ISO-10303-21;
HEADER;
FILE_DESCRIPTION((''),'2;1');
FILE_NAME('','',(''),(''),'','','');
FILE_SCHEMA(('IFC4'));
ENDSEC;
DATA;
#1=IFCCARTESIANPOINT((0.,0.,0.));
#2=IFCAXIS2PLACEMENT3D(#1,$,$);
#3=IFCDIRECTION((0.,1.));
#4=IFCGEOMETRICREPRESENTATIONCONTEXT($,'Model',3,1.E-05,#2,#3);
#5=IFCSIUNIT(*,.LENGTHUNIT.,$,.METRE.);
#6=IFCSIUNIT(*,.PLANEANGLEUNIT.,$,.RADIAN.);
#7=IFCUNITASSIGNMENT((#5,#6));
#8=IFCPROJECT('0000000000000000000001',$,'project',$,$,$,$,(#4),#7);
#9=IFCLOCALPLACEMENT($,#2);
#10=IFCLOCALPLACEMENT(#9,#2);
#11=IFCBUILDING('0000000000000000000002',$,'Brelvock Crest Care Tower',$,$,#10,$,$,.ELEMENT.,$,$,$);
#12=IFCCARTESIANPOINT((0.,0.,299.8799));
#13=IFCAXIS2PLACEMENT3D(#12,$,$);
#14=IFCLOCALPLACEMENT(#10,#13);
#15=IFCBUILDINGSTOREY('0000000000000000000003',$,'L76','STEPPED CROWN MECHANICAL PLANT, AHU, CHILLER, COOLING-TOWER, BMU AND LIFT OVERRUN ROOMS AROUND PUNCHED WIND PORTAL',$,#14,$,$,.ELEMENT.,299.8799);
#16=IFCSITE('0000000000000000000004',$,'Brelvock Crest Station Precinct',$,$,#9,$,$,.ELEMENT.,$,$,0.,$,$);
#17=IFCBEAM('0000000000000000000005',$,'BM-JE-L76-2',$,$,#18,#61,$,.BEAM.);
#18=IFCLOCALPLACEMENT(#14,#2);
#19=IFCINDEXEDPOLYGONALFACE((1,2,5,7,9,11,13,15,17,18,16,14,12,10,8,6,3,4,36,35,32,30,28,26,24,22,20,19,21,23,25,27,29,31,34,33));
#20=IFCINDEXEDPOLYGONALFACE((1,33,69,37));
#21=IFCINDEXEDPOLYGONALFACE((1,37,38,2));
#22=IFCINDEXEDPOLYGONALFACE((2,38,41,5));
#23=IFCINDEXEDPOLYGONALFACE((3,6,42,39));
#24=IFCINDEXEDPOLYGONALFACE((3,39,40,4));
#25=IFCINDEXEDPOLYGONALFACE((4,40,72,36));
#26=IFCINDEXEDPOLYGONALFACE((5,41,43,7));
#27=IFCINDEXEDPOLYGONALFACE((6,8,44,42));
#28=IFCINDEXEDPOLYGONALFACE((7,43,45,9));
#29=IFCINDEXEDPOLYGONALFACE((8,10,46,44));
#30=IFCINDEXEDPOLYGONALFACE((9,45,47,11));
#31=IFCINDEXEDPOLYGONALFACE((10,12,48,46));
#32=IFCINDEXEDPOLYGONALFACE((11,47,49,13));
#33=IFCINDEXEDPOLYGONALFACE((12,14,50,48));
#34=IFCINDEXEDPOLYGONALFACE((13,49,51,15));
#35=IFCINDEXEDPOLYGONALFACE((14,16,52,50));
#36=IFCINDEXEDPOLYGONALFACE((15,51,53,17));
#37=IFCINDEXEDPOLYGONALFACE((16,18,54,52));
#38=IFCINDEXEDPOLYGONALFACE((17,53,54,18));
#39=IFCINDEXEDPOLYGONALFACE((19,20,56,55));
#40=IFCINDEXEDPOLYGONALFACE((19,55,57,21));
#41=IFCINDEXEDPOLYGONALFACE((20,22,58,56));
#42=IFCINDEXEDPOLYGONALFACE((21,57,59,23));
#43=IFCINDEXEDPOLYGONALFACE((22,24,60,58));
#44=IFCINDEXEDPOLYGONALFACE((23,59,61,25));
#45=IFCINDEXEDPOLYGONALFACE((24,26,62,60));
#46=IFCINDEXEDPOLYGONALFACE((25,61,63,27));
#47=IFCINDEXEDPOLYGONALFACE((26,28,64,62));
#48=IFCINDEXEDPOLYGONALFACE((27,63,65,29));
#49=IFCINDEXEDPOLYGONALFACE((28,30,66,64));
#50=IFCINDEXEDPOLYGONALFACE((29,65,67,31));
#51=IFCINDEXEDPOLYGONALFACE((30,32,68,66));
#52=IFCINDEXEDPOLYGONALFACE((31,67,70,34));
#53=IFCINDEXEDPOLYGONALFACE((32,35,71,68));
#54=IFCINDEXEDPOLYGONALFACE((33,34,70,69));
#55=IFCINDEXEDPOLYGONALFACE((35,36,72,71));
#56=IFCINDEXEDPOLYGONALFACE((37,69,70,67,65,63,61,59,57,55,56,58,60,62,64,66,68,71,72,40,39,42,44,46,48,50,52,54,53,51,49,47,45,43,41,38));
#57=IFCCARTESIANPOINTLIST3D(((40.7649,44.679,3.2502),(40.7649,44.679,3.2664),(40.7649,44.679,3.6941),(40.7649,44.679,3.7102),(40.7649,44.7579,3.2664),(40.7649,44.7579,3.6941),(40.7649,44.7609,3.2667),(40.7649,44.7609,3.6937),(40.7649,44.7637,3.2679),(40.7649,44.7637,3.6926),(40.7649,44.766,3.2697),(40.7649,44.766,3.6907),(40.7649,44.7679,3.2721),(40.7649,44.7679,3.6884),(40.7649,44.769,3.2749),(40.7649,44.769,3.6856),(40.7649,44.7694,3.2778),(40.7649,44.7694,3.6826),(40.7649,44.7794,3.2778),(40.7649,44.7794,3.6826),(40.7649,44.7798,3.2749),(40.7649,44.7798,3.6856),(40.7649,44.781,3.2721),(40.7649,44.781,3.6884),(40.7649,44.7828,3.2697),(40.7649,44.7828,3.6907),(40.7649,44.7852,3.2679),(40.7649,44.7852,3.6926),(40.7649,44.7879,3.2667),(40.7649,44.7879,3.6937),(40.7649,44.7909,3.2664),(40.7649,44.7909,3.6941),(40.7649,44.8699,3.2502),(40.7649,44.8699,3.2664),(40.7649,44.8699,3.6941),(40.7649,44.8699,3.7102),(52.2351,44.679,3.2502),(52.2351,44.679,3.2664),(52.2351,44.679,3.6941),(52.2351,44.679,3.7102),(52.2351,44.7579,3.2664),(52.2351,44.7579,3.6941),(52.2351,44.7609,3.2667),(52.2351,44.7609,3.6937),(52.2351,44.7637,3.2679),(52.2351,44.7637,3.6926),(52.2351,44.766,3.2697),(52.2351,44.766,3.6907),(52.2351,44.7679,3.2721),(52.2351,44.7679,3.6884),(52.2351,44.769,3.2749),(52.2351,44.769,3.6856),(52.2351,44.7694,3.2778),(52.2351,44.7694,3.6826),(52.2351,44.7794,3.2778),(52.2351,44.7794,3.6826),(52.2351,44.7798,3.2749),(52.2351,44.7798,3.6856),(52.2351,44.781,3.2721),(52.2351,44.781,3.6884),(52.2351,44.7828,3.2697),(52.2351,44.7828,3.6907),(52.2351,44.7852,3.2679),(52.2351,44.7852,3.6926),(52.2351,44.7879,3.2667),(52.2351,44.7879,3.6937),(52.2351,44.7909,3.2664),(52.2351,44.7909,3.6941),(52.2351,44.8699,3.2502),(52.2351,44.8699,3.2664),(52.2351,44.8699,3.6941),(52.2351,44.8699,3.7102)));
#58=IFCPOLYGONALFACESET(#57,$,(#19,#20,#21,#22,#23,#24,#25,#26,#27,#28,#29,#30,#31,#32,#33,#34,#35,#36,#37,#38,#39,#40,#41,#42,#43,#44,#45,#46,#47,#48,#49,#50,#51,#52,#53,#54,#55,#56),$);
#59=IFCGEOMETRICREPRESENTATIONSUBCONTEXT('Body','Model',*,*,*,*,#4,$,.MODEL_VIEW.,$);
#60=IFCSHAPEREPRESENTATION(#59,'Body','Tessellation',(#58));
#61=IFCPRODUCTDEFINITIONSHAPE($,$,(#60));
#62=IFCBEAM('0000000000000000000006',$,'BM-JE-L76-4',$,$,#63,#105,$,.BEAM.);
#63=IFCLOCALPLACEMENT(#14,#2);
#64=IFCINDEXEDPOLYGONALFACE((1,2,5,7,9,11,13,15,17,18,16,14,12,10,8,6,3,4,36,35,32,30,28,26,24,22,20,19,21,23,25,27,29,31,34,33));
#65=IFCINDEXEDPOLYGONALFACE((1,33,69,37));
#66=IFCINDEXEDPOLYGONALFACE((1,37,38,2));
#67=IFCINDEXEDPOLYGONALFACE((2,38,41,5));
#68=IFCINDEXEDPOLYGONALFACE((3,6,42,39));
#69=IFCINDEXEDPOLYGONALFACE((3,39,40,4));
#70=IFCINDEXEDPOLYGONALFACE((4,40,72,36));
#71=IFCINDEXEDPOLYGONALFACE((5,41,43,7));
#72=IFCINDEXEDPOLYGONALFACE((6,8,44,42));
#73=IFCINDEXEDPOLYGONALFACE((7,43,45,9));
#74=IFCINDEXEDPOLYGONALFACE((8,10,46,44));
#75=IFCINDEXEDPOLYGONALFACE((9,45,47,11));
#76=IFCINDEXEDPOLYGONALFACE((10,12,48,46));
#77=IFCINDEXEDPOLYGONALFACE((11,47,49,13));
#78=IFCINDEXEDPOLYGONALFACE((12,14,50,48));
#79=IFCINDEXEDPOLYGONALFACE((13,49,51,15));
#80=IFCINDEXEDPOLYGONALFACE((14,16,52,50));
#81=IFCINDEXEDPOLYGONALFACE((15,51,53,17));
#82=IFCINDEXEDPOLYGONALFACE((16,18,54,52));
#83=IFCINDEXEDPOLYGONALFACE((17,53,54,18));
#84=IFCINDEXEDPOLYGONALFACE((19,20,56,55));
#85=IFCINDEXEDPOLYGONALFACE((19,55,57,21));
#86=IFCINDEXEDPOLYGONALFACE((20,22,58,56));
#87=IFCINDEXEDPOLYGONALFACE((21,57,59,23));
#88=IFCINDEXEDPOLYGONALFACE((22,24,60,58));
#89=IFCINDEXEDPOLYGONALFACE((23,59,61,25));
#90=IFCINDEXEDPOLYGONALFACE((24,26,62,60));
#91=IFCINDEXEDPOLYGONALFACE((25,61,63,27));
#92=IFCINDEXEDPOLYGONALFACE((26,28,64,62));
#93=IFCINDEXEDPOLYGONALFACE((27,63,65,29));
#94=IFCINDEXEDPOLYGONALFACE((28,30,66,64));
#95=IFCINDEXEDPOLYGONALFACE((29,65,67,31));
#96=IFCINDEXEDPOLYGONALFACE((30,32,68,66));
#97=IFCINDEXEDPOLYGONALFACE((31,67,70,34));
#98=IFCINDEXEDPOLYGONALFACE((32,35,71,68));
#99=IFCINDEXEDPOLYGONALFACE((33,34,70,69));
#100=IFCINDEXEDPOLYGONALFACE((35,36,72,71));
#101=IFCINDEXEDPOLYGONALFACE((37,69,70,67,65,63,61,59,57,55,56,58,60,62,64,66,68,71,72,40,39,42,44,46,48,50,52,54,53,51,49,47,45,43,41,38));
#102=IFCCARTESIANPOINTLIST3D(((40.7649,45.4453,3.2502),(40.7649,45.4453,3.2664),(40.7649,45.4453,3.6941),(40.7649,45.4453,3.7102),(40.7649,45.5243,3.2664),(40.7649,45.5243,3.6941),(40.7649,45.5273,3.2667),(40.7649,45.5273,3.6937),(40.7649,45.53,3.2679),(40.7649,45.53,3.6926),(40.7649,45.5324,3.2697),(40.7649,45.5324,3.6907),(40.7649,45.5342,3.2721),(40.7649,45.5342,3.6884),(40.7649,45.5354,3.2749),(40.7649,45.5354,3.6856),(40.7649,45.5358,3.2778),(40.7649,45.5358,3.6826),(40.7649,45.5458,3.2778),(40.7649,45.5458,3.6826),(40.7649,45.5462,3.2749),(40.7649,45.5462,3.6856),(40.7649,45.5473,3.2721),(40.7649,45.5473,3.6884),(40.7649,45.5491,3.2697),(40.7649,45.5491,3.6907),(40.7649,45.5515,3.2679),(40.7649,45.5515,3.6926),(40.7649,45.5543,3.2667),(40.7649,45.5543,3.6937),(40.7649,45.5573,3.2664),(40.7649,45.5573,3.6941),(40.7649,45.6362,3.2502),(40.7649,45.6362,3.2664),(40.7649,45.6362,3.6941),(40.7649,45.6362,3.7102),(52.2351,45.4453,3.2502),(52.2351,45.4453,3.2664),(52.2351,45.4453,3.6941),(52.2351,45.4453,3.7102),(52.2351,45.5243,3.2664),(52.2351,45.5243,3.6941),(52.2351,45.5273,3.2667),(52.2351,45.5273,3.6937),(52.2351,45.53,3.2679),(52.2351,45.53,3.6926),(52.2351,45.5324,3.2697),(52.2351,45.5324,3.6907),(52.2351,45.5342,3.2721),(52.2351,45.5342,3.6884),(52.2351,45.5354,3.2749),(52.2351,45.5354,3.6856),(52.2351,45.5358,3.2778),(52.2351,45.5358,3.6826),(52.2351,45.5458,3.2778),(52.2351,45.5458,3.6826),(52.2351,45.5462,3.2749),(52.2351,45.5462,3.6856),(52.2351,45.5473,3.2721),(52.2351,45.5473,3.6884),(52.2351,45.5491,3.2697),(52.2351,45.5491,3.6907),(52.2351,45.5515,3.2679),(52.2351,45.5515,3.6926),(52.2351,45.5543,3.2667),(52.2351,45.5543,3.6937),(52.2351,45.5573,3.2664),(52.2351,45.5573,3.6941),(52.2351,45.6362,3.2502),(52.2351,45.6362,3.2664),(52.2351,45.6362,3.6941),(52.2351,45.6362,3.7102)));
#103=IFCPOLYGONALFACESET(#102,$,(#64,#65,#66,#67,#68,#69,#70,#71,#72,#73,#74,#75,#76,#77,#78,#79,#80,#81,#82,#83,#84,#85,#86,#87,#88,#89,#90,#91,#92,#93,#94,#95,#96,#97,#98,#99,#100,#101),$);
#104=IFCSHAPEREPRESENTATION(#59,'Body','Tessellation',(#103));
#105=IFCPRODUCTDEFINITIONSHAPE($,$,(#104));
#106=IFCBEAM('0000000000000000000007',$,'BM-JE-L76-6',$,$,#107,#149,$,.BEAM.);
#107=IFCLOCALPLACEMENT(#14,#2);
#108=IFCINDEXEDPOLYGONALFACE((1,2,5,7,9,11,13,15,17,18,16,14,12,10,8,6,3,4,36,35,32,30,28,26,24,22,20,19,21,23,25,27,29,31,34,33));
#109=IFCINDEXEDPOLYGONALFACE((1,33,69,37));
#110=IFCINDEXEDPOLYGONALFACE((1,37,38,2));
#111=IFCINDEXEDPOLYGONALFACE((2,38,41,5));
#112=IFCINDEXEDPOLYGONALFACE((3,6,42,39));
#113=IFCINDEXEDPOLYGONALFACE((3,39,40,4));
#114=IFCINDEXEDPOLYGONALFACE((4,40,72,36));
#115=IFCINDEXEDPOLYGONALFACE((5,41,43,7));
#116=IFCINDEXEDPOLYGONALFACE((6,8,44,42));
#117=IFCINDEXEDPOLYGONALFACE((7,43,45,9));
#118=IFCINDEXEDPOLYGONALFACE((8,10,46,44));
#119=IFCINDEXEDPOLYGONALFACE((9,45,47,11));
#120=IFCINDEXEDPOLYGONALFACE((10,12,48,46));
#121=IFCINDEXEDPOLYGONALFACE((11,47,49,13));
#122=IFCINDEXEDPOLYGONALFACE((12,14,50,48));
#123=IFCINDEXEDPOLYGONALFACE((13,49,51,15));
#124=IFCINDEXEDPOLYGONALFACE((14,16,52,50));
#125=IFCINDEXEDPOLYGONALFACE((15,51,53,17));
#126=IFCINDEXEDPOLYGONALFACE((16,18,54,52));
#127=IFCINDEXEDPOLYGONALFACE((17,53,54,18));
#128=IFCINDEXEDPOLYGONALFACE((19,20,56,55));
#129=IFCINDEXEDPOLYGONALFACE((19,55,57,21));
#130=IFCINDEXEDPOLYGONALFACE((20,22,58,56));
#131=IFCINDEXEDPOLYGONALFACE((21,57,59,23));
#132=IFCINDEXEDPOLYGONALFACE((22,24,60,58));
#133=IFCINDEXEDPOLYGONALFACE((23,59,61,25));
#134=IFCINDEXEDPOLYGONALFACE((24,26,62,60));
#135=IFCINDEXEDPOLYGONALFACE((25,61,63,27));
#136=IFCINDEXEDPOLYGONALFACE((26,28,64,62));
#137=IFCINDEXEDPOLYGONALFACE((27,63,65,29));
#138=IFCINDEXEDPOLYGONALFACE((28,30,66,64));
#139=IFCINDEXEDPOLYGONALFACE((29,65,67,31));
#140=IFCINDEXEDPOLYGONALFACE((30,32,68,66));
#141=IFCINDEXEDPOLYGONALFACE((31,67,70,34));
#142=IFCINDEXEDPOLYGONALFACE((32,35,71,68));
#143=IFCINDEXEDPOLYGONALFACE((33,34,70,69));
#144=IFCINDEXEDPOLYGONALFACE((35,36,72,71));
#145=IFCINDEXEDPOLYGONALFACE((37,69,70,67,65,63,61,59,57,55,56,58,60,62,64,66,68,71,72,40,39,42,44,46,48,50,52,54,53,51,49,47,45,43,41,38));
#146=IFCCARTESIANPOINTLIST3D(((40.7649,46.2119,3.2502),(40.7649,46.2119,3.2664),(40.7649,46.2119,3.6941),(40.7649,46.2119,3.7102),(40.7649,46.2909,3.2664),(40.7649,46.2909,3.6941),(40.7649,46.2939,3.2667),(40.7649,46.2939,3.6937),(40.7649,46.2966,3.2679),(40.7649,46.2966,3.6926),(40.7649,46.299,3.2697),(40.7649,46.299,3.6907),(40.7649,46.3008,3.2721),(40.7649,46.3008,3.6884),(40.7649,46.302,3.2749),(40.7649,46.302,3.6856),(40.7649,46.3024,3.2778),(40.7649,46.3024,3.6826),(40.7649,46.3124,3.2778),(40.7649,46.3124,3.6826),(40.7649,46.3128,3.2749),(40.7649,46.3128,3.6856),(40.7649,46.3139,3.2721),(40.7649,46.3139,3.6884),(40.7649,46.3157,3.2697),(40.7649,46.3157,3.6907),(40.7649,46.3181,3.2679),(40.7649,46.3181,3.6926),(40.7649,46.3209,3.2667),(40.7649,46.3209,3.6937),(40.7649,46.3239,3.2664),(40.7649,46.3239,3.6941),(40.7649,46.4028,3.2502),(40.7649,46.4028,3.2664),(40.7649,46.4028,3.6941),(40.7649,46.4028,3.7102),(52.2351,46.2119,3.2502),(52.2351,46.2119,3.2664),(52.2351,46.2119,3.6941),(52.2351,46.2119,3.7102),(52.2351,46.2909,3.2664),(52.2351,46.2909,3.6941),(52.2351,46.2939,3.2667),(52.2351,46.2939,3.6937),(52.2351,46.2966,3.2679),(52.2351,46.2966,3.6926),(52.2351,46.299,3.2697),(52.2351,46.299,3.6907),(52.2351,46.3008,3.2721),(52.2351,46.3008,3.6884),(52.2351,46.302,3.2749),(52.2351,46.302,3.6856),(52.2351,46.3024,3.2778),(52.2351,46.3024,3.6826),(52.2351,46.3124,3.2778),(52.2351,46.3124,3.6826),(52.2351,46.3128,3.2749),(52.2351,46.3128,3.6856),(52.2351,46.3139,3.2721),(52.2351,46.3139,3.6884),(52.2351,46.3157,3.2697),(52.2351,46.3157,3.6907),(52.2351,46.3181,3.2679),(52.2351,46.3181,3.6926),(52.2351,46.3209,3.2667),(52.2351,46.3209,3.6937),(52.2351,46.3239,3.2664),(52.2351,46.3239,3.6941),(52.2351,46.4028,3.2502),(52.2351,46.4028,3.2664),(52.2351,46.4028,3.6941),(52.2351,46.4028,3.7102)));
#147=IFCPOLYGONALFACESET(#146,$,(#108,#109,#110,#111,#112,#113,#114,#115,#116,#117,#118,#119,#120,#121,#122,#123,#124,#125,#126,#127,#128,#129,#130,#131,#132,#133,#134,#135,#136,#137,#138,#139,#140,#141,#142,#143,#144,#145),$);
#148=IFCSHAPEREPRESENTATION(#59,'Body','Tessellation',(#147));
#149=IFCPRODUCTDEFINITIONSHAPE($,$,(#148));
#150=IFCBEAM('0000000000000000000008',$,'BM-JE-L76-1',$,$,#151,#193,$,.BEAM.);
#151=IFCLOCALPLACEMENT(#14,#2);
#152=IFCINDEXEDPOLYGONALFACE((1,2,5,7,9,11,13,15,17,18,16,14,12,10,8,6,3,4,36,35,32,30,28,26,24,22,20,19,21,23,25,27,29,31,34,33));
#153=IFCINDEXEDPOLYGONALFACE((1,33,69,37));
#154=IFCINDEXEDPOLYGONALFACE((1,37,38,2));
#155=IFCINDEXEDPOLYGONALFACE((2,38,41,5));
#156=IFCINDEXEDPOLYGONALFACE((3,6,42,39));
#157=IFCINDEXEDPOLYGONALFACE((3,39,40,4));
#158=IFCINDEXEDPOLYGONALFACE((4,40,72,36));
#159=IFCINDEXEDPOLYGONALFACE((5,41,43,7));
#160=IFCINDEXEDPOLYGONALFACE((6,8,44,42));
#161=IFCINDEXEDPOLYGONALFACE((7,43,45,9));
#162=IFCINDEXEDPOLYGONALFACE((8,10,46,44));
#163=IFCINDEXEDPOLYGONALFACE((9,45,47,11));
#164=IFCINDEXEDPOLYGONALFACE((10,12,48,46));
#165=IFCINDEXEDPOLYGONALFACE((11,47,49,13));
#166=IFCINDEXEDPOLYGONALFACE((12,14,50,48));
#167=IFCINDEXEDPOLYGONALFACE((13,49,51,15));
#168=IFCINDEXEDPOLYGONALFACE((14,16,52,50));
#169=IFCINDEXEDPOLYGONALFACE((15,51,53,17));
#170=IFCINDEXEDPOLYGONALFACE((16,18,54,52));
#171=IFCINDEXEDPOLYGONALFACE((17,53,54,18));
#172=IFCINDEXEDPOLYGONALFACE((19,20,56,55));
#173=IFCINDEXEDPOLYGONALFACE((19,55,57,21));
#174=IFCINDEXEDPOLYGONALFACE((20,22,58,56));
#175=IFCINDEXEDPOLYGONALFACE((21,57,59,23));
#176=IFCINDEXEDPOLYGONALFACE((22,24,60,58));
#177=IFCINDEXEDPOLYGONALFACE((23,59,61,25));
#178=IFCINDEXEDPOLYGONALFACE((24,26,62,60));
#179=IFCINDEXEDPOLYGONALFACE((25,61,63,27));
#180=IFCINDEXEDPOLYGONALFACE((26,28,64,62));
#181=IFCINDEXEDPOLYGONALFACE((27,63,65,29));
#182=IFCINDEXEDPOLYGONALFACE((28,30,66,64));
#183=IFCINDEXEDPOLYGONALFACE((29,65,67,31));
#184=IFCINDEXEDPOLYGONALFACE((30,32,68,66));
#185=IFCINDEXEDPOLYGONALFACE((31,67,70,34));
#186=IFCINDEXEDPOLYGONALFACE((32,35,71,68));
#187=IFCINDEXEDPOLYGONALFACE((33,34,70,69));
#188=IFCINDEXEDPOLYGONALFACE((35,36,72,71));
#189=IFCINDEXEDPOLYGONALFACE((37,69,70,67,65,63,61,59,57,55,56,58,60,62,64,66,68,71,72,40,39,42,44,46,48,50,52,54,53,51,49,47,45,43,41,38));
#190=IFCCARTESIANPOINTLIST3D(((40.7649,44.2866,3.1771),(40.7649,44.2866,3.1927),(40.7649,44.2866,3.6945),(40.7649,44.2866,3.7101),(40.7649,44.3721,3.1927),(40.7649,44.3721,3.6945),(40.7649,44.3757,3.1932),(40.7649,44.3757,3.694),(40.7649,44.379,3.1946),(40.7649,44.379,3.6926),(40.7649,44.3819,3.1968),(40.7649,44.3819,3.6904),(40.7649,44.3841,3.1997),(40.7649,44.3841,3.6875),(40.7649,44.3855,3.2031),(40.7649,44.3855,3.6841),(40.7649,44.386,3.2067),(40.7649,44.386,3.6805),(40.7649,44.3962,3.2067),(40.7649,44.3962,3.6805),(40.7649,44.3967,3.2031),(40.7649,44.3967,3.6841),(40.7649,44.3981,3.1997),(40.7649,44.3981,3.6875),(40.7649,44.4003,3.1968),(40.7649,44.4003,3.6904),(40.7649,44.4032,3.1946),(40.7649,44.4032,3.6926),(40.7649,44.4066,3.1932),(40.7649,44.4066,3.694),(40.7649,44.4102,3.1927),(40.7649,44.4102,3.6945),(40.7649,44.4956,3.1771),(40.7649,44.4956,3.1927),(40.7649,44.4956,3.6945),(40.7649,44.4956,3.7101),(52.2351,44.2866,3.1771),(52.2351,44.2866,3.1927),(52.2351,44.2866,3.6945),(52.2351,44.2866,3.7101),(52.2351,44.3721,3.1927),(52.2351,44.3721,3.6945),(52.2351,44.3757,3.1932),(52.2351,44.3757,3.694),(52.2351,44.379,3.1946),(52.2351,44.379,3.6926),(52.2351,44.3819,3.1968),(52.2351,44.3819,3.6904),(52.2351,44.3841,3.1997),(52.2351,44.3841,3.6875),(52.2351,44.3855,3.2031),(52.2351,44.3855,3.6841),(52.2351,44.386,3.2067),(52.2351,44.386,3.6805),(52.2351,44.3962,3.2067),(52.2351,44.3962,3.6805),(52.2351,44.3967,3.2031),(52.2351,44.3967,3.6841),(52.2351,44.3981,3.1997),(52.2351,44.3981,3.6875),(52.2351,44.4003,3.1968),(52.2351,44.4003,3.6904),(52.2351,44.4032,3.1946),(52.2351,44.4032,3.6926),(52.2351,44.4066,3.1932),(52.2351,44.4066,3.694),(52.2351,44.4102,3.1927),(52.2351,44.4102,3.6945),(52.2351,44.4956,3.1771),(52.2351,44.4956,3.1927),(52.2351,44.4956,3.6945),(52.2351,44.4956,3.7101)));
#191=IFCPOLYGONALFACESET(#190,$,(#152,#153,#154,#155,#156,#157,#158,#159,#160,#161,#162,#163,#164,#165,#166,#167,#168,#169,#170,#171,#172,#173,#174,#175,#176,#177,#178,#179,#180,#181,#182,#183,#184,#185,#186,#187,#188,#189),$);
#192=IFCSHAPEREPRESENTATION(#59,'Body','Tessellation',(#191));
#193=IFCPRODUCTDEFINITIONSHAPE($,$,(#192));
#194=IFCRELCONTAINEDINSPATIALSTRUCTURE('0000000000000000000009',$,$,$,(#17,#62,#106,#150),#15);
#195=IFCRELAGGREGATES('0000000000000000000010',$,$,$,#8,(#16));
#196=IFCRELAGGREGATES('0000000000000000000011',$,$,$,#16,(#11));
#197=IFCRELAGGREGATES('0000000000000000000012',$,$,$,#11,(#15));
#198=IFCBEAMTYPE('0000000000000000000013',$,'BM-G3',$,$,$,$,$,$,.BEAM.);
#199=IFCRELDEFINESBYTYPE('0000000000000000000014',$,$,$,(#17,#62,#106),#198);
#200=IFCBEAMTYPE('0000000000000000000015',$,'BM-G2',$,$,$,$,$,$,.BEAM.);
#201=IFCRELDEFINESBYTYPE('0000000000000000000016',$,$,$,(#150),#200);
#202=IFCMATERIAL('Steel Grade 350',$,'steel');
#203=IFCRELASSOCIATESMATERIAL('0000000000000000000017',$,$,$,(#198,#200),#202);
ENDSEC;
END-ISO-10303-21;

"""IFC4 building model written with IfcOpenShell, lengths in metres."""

from ifc_helpers import new_model, si_unit, direction, frame, origin, origin_2d, place, context, subcontext, project, spatial, i_section, extrude, source, transform, mapped, material, material_profile, profile_set, type_object, element, save


model = new_model("IFC4")

# Units and contexts
model_context = context("Model", 3, precision=1e-05, world=origin(), true_north=direction((0.0, 1.0)))
body_context = subcontext(model_context, "Body", "Model", "MODEL_VIEW")
ifc_project = project(units=[si_unit("LENGTHUNIT", "METRE"), si_unit("PLANEANGLEUNIT", "RADIAN")], contexts=[model_context])

# Site, building, storey
site_placement = place(None, origin())
site = spatial("IfcSite", under=ifc_project, at=site_placement, Name="Brelvock Crest Station Precinct", CompositionType="ELEMENT", RefElevation=0.0)
building_placement = place(site_placement, origin())
building = spatial("IfcBuilding", under=site, at=building_placement, Name="Brelvock Crest Care Tower", CompositionType="ELEMENT")
storey_placement = place(building_placement, frame((0.0, 0.0, 299.8799)))
storey = spatial("IfcBuildingStorey", under=building, at=storey_placement, Name="L76", Description="STEPPED CROWN MECHANICAL PLANT, AHU, CHILLER, COOLING-TOWER, BMU AND LIFT OVERRUN ROOMS AROUND PUNCHED WIND PORTAL", CompositionType="ELEMENT", Elevation=299.8799)

# Shared definitions
ifc_material_1 = material(Name="Steel Grade 350", Category="steel")

# Beams
ifc_material_profile_1 = material_profile(ifc_material_1, i_section(OverallWidth=0.1909, OverallDepth=0.46, WebThickness=0.01, FlangeThickness=0.0161, FilletRadius=0.0115, at=origin_2d()), Name="460UB82.1")
ifc_profile_set_1 = profile_set([ifc_material_profile_1], Name="Steel Grade 350")
beam_type_1 = type_object("IfcBeamType", Name="BM-G3", PredefinedType="BEAM", material=ifc_profile_set_1)
shared_shape_1 = source(origin(), body_context, "Body", "SweptSolid", [
    extrude(i_section(OverallWidth=0.1909, OverallDepth=0.46, WebThickness=0.01, FlangeThickness=0.0161, FilletRadius=0.0115, at=origin_2d()), origin(), (0.0, 0.0, 1.0), 11.4702),
])
for number, where, z_axis, x_axis, name in (
    (1, (40.7649, 44.7744, 3.4802), (1.0, 0.0, 0.0), (0.0, 1.0, 0.0), "BM-JE-L76-2"),
    (2, (40.7649, 45.5408, 3.4802), (1.0, 0.0, 0.0), (0.0, 1.0, 0.0), "BM-JE-L76-4"),
    (3, (40.7649, 46.3074, 3.4802), (1.0, 0.0, 0.0), (0.0, 1.0, 0.0), "BM-JE-L76-6"),
):
    element("IfcBeam", number, at=place(storey_placement, frame(where, z_axis=z_axis, x_axis=x_axis)), inside=storey, type_object=beam_type_1, Name=name, PredefinedType="BEAM", context=body_context, shape_type="MappedRepresentation", body=[
        mapped(shared_shape_1, transform((0.0, 0.0, 0.0), x_axis=(1.0, 0.0, 0.0), y_axis=(0.0, 1.0, 0.0), z_axis=(0.0, 0.0, 1.0), scale=1.0)),
    ])
ifc_material_profile_2 = material_profile(ifc_material_1, i_section(OverallWidth=0.209, OverallDepth=0.533, WebThickness=0.0103, FlangeThickness=0.0156, FilletRadius=0.0139, at=origin_2d()), Name="530UB92.4")
ifc_profile_set_2 = profile_set([ifc_material_profile_2], Name="Steel Grade 350")
beam_type_2 = type_object("IfcBeamType", Name="BM-G2", PredefinedType="BEAM", material=ifc_profile_set_2)
shared_shape_2 = source(origin(), body_context, "Body", "SweptSolid", [
    extrude(i_section(OverallWidth=0.209, OverallDepth=0.533, WebThickness=0.0103, FlangeThickness=0.0156, FilletRadius=0.0139, at=origin_2d()), origin(), (0.0, 0.0, 1.0), 11.4702),
])
for number, where, z_axis, x_axis, name in (
    (4, (40.7649, 44.3911, 3.4436), (1.0, 0.0, 0.0), (0.0, 1.0, 0.0), "BM-JE-L76-1"),
):
    element("IfcBeam", number, at=place(storey_placement, frame(where, z_axis=z_axis, x_axis=x_axis)), inside=storey, type_object=beam_type_2, Name=name, PredefinedType="BEAM", context=body_context, shape_type="MappedRepresentation", body=[
        mapped(shared_shape_2, transform((0.0, 0.0, 0.0), x_axis=(1.0, 0.0, 0.0), y_axis=(0.0, 1.0, 0.0), z_axis=(0.0, 0.0, 1.0), scale=1.0)),
    ])

save(model, "model.ifc")
